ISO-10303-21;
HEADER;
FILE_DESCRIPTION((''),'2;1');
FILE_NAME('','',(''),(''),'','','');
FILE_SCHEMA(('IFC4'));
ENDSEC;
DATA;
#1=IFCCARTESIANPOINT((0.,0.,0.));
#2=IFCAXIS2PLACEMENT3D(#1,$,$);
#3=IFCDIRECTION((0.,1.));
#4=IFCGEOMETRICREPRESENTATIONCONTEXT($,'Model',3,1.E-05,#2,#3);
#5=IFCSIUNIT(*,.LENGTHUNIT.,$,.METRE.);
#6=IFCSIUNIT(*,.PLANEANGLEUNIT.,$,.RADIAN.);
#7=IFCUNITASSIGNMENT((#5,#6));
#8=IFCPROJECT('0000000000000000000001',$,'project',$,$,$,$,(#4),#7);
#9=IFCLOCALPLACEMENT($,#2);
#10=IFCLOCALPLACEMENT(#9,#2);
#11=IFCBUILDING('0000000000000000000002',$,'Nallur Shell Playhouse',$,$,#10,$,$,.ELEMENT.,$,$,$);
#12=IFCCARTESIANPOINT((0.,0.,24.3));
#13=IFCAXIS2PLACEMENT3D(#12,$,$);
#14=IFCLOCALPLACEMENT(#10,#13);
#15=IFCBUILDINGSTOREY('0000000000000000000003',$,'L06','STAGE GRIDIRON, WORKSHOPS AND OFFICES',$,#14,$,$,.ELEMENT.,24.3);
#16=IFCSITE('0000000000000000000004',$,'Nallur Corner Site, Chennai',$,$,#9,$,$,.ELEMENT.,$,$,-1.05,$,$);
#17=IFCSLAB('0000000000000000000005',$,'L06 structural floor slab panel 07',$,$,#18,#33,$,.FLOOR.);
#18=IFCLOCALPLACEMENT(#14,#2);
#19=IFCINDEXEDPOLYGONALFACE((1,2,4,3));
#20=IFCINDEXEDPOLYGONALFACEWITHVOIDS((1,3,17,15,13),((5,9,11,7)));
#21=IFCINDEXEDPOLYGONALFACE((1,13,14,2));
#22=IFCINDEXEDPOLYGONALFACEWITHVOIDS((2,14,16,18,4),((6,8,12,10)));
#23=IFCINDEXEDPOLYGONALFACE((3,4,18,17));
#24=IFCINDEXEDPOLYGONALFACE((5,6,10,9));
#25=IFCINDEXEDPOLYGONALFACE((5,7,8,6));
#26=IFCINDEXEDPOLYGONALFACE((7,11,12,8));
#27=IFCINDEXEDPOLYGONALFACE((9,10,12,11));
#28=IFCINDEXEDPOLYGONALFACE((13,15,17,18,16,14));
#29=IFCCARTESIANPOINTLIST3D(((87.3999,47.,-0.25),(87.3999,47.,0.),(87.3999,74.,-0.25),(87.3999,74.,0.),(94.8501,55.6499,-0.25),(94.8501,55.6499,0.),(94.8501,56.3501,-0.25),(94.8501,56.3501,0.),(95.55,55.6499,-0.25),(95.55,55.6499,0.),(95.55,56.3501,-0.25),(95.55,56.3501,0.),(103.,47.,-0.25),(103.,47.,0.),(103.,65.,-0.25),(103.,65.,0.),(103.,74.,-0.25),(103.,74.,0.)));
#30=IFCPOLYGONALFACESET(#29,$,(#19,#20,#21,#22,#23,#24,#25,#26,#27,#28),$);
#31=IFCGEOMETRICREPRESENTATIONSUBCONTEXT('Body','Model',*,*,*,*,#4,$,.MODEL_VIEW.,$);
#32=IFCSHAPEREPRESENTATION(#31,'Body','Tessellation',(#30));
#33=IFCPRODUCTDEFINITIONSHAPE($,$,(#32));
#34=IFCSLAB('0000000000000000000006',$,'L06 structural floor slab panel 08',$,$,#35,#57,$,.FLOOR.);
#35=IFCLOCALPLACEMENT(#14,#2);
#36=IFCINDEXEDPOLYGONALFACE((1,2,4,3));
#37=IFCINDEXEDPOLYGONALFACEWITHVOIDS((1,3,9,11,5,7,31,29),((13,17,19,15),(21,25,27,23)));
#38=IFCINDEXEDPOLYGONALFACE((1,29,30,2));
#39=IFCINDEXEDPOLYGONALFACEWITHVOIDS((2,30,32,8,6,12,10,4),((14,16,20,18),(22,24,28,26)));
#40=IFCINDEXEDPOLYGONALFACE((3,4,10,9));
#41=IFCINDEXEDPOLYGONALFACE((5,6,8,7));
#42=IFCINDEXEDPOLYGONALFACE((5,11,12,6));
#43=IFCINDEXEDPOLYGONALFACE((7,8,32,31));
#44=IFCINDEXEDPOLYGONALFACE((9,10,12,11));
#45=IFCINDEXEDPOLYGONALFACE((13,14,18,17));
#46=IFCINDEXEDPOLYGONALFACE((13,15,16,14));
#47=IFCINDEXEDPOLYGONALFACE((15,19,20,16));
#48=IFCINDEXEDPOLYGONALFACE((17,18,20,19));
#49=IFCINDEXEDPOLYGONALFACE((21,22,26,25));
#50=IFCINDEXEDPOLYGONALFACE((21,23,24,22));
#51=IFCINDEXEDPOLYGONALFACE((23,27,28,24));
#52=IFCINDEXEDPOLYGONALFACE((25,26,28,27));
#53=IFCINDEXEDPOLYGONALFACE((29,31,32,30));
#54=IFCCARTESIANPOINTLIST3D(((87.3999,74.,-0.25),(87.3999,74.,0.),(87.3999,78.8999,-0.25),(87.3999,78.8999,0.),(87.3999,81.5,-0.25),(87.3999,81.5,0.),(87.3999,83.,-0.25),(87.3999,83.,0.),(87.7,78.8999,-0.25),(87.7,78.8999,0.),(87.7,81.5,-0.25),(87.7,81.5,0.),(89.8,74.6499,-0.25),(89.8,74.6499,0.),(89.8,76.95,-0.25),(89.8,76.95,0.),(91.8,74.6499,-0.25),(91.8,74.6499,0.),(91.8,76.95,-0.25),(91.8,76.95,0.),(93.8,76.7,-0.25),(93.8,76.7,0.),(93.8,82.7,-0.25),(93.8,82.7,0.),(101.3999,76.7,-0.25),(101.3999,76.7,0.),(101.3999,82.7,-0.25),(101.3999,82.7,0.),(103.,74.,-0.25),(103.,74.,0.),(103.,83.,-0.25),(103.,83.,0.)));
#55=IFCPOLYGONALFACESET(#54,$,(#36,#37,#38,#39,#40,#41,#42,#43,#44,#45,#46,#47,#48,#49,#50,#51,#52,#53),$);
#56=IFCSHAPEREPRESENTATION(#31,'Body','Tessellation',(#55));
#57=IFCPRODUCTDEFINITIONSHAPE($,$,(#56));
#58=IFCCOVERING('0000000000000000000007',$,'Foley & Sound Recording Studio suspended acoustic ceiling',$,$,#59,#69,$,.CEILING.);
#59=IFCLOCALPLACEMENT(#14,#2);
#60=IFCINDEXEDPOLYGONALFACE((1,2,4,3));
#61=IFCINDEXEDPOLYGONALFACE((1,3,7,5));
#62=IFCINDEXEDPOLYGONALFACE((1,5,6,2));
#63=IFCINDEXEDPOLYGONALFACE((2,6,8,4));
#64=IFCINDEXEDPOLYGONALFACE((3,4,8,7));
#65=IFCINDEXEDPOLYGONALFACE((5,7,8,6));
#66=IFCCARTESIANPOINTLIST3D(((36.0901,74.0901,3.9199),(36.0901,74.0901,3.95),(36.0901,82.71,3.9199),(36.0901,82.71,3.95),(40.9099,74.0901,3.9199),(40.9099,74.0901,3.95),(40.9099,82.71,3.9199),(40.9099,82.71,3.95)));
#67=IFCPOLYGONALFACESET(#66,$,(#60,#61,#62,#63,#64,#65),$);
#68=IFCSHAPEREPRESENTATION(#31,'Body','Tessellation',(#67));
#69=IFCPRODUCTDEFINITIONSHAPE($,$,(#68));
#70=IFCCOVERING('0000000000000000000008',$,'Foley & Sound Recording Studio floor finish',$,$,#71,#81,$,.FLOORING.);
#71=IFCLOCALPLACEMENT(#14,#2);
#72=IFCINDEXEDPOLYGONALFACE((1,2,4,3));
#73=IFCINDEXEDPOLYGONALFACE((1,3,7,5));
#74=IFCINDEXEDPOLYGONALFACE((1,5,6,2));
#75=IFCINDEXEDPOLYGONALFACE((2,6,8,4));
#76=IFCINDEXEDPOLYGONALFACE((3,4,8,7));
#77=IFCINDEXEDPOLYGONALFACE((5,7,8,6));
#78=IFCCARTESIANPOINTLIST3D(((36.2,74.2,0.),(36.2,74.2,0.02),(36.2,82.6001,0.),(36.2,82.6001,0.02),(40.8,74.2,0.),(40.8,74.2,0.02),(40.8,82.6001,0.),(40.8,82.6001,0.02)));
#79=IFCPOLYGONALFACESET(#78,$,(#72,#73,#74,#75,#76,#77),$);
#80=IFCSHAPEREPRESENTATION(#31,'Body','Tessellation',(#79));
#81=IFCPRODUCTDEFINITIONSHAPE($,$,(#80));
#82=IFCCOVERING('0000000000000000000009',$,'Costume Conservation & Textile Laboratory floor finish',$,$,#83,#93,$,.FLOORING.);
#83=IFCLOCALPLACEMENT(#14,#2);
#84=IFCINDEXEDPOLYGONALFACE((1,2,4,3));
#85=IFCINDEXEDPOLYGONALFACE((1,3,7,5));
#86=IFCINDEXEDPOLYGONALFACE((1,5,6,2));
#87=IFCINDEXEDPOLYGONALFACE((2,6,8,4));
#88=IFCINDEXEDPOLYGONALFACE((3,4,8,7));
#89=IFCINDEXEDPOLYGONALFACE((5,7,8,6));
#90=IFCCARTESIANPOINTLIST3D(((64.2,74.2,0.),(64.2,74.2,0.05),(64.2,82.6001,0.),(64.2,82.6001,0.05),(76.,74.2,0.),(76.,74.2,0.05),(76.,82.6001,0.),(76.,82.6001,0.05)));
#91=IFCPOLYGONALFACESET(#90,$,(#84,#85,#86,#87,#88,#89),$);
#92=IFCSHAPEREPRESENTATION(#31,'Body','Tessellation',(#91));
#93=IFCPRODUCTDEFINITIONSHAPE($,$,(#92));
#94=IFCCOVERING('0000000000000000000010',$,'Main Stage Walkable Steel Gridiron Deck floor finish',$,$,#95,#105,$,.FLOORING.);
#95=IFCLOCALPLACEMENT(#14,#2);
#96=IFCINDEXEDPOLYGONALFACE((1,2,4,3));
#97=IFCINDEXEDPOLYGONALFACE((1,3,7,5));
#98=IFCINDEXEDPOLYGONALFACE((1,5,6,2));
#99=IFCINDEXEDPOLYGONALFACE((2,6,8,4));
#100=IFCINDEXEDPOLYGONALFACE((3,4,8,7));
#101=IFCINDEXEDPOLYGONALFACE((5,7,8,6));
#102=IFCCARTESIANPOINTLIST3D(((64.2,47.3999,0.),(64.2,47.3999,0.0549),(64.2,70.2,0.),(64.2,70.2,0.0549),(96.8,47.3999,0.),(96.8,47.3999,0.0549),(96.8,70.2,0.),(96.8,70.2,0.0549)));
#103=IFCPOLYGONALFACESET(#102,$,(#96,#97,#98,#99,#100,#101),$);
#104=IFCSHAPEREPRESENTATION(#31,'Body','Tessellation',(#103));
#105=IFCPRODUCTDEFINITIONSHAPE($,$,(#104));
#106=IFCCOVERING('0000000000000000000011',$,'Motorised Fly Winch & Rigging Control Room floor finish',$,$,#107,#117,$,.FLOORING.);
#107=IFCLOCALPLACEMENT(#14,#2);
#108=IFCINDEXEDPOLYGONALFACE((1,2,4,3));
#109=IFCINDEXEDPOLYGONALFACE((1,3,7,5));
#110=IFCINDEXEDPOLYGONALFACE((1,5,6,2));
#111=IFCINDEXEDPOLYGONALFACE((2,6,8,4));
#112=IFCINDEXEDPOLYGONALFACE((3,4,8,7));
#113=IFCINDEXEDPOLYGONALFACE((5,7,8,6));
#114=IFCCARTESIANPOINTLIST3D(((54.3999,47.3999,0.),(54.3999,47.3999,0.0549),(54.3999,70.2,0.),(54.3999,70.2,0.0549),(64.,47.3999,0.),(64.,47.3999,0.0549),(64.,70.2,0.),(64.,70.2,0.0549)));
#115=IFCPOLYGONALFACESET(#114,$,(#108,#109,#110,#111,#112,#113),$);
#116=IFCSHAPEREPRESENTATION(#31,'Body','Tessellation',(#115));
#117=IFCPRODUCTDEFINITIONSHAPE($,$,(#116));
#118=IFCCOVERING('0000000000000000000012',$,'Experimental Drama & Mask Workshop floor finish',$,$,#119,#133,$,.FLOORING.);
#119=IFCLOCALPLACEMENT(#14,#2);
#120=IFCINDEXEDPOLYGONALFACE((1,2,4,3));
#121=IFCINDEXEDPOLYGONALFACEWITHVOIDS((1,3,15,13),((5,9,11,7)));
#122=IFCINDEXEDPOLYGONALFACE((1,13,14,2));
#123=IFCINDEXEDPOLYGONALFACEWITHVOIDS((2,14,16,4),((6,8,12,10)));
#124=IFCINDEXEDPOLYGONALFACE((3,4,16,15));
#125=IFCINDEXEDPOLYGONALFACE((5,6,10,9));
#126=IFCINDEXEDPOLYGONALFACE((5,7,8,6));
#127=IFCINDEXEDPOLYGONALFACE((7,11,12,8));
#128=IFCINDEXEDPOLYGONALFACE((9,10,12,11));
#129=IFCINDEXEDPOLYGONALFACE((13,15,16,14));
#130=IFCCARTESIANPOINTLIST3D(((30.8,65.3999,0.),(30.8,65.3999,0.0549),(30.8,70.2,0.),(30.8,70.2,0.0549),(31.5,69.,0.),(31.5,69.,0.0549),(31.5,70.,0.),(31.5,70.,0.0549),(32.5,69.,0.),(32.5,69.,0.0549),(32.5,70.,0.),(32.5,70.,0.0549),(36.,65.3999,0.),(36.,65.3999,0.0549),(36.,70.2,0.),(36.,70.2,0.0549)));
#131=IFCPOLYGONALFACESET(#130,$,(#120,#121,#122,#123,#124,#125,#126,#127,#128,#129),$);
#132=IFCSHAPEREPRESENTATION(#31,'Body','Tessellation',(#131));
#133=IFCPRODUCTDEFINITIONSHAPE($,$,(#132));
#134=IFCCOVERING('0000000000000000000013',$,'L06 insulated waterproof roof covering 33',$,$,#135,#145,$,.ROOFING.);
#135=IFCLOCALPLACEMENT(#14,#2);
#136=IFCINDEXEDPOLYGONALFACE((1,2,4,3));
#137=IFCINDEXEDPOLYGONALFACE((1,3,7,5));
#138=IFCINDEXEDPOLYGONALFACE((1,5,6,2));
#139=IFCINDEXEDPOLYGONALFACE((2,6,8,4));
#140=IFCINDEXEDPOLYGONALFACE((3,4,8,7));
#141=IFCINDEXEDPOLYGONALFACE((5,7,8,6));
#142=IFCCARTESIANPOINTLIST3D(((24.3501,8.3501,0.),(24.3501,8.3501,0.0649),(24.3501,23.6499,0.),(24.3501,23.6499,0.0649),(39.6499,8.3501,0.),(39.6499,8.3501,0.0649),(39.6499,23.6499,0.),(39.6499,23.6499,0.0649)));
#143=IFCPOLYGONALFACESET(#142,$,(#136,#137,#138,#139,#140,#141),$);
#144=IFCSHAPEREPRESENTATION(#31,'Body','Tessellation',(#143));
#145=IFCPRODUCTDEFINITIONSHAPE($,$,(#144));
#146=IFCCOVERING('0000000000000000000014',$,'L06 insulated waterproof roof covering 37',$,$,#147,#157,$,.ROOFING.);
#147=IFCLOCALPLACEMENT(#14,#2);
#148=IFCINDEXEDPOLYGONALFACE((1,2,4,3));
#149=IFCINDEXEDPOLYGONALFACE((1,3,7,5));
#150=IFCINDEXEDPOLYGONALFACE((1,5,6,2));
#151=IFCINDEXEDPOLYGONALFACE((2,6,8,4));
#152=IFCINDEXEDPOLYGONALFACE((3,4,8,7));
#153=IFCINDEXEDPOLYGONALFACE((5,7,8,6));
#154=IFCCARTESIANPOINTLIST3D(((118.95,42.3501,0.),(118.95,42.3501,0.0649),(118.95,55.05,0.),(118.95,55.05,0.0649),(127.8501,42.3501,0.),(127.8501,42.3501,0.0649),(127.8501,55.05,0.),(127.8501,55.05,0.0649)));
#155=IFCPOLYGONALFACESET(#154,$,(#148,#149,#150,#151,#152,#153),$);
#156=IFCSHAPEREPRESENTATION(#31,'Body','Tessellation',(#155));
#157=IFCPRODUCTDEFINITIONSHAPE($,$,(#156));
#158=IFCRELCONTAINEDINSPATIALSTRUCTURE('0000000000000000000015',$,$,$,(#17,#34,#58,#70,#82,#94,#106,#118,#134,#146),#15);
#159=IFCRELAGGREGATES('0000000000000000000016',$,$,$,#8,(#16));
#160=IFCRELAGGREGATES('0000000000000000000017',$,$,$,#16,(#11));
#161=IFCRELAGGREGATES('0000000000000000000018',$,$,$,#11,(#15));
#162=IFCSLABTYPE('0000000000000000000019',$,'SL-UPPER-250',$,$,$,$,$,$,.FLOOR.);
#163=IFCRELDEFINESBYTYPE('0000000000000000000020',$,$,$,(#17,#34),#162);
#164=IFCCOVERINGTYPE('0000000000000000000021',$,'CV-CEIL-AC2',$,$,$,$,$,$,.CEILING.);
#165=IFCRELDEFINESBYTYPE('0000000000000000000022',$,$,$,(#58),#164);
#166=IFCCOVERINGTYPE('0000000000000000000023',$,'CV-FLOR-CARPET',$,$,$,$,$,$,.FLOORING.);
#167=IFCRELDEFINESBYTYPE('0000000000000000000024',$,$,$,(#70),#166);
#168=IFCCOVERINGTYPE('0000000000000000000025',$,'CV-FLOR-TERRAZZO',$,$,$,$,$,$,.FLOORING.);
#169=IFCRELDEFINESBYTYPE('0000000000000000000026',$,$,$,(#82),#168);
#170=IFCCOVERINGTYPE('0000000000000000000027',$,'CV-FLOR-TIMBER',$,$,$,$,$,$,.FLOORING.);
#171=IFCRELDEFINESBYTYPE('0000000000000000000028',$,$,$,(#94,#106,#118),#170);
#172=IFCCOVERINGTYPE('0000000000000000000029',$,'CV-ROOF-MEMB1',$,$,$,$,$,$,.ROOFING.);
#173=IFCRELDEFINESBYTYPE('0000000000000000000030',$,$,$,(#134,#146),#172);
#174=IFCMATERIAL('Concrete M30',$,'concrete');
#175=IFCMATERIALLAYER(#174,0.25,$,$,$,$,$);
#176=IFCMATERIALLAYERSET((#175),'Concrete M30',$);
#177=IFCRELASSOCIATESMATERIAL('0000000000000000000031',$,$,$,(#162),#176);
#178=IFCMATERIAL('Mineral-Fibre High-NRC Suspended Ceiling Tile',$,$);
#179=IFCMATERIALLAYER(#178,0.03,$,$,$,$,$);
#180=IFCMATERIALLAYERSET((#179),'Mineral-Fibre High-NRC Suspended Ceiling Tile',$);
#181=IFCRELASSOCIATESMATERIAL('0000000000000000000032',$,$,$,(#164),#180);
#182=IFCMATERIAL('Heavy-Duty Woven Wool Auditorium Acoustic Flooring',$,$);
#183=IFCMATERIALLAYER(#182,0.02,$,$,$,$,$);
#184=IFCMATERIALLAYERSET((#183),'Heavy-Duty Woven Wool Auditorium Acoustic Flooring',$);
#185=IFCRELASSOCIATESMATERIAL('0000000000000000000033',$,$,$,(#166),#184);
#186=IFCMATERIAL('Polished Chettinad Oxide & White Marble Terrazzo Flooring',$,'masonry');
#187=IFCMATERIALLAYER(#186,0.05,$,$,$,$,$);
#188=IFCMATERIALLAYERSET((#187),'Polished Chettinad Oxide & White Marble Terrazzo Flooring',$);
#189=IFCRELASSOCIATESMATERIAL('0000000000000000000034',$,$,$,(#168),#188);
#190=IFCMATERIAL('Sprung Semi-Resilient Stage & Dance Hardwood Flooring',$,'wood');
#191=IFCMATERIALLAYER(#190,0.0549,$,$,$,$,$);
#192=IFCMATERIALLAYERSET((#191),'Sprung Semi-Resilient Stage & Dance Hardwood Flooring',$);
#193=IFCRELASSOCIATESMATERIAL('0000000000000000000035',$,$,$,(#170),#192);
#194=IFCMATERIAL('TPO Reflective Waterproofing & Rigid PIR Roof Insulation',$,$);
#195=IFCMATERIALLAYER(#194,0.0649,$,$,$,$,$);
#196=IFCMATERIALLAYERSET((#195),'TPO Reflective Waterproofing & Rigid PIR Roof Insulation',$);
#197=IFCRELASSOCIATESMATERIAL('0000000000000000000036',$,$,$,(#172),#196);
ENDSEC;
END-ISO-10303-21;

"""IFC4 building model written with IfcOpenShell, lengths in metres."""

from ifc_helpers import new_model, si_unit, direction, frame, origin, place, context, subcontext, project, spatial, polyline, outline, extrude, material, layer, layer_set, type_object, element, save


model = new_model("IFC4")

# Units and contexts
model_context = context("Model", 3, precision=1e-05, world=origin(), true_north=direction((0.0, 1.0)))
body_context = subcontext(model_context, "Body", "Model", "MODEL_VIEW")
ifc_project = project(units=[si_unit("LENGTHUNIT", "METRE"), si_unit("PLANEANGLEUNIT", "RADIAN")], contexts=[model_context])

# Site, building, storey
site_placement = place(None, origin())
site = spatial("IfcSite", under=ifc_project, at=site_placement, Name="Nallur Corner Site, Chennai", CompositionType="ELEMENT", RefElevation=-1.05)
building_placement = place(site_placement, origin())
building = spatial("IfcBuilding", under=site, at=building_placement, Name="Nallur Shell Playhouse", CompositionType="ELEMENT")
storey_placement = place(building_placement, frame((0.0, 0.0, 24.3)))
storey = spatial("IfcBuildingStorey", under=building, at=storey_placement, Name="L06", Description="STAGE GRIDIRON, WORKSHOPS AND OFFICES", CompositionType="ELEMENT", Elevation=24.3)

# Slabs
ifc_material_1 = material(Name="Concrete M30", Category="concrete")
ifc_layer_1 = layer(ifc_material_1, 0.25)
ifc_layer_set_1 = layer_set([ifc_layer_1], Name="Concrete M30")
slab_type_1 = type_object("IfcSlabType", Name="SL-UPPER-250", PredefinedType="FLOOR", material=ifc_layer_set_1)
slab_1_placement = place(storey_placement, frame((0.0, 0.0, -0.25)))
element("IfcSlab", 1, at=slab_1_placement, inside=storey, type_object=slab_type_1, Name="L06 structural floor slab panel 07", PredefinedType="FLOOR", context=body_context, shape_type="SweptSolid", body=[
    extrude(outline(polyline([(103.0, 65.0), (103.0, 47.0), (87.3999, 47.0), (87.3999, 74.0), (103.0, 74.0), (103.0, 65.0)]), holes=[polyline([(94.8501, 55.6499), (95.55, 55.6499), (95.55, 56.3501), (94.8501, 56.3501), (94.8501, 55.6499)])]), origin(), (0.0, 0.0, 1.0), 0.25),
])
slab_2_placement = place(storey_placement, frame((0.0, 0.0, -0.25)))
element("IfcSlab", 2, at=slab_2_placement, inside=storey, type_object=slab_type_1, Name="L06 structural floor slab panel 08", PredefinedType="FLOOR", context=body_context, shape_type="SweptSolid", body=[
    extrude(outline(polyline([(103.0, 83.0), (103.0, 74.0), (87.3999, 74.0), (87.3999, 78.8999), (87.7, 78.8999), (87.7, 81.5), (87.3999, 81.5), (87.3999, 83.0), (103.0, 83.0)]), holes=[polyline([(89.8, 74.6499), (91.8, 74.6499), (91.8, 76.95), (89.8, 76.95), (89.8, 74.6499)]), polyline([(93.8, 82.7), (93.8, 76.7), (101.3999, 76.7), (101.3999, 82.7), (93.8, 82.7)])]), origin(), (0.0, 0.0, 1.0), 0.25),
])

# Coverings
ifc_material_2 = material(Name="Mineral-Fibre High-NRC Suspended Ceiling Tile")
ifc_layer_2 = layer(ifc_material_2, 0.03)
ifc_layer_set_2 = layer_set([ifc_layer_2], Name="Mineral-Fibre High-NRC Suspended Ceiling Tile")
covering_type_1 = type_object("IfcCoveringType", Name="CV-CEIL-AC2", PredefinedType="CEILING", material=ifc_layer_set_2)
covering_1_placement = place(storey_placement, frame((0.0, 0.0, 3.9199)))
element("IfcCovering", 3, at=covering_1_placement, inside=storey, type_object=covering_type_1, Name="Foley & Sound Recording Studio suspended acoustic ceiling", PredefinedType="CEILING", context=body_context, shape_type="SweptSolid", body=[
    extrude(outline(polyline([(36.0901, 74.0901), (36.0901, 82.71), (40.9099, 82.71), (40.9099, 74.0901), (36.0901, 74.0901)])), origin(), (0.0, 0.0, 1.0), 0.03),
])
ifc_material_3 = material(Name="Heavy-Duty Woven Wool Auditorium Acoustic Flooring")
ifc_layer_3 = layer(ifc_material_3, 0.02)
ifc_layer_set_3 = layer_set([ifc_layer_3], Name="Heavy-Duty Woven Wool Auditorium Acoustic Flooring")
covering_type_2 = type_object("IfcCoveringType", Name="CV-FLOR-CARPET", PredefinedType="FLOORING", material=ifc_layer_set_3)
covering_2_placement = place(storey_placement, origin())
element("IfcCovering", 4, at=covering_2_placement, inside=storey, type_object=covering_type_2, Name="Foley & Sound Recording Studio floor finish", PredefinedType="FLOORING", context=body_context, shape_type="SweptSolid", body=[
    extrude(outline(polyline([(36.2, 74.2), (36.2, 82.6001), (40.8, 82.6001), (40.8, 74.2), (36.2, 74.2)])), origin(), (0.0, 0.0, 1.0), 0.02),
])
ifc_material_4 = material(Name="Polished Chettinad Oxide & White Marble Terrazzo Flooring", Category="masonry")
ifc_layer_4 = layer(ifc_material_4, 0.05)
ifc_layer_set_4 = layer_set([ifc_layer_4], Name="Polished Chettinad Oxide & White Marble Terrazzo Flooring")
covering_type_3 = type_object("IfcCoveringType", Name="CV-FLOR-TERRAZZO", PredefinedType="FLOORING", material=ifc_layer_set_4)
covering_3_placement = place(storey_placement, origin())
element("IfcCovering", 5, at=covering_3_placement, inside=storey, type_object=covering_type_3, Name="Costume Conservation & Textile Laboratory floor finish", PredefinedType="FLOORING", context=body_context, shape_type="SweptSolid", body=[
    extrude(outline(polyline([(64.2, 74.2), (64.2, 82.6001), (76.0, 82.6001), (76.0, 74.2), (64.2, 74.2)])), origin(), (0.0, 0.0, 1.0), 0.05),
])
ifc_material_5 = material(Name="Sprung Semi-Resilient Stage & Dance Hardwood Flooring", Category="wood")
ifc_layer_5 = layer(ifc_material_5, 0.0549)
ifc_layer_set_5 = layer_set([ifc_layer_5], Name="Sprung Semi-Resilient Stage & Dance Hardwood Flooring")
covering_type_4 = type_object("IfcCoveringType", Name="CV-FLOR-TIMBER", PredefinedType="FLOORING", material=ifc_layer_set_5)
covering_4_placement = place(storey_placement, origin())
element("IfcCovering", 6, at=covering_4_placement, inside=storey, type_object=covering_type_4, Name="Main Stage Walkable Steel Gridiron Deck floor finish", PredefinedType="FLOORING", context=body_context, shape_type="SweptSolid", body=[
    extrude(outline(polyline([(64.2, 47.3999), (64.2, 70.2), (96.8, 70.2), (96.8, 47.3999), (64.2, 47.3999)])), origin(), (0.0, 0.0, 1.0), 0.0549),
])
covering_5_placement = place(storey_placement, origin())
element("IfcCovering", 7, at=covering_5_placement, inside=storey, type_object=covering_type_4, Name="Motorised Fly Winch & Rigging Control Room floor finish", PredefinedType="FLOORING", context=body_context, shape_type="SweptSolid", body=[
    extrude(outline(polyline([(54.3999, 47.3999), (54.3999, 70.2), (64.0, 70.2), (64.0, 47.3999), (54.3999, 47.3999)])), origin(), (0.0, 0.0, 1.0), 0.0549),
])
covering_6_placement = place(storey_placement, origin())
element("IfcCovering", 8, at=covering_6_placement, inside=storey, type_object=covering_type_4, Name="Experimental Drama & Mask Workshop floor finish", PredefinedType="FLOORING", context=body_context, shape_type="SweptSolid", body=[
    extrude(outline(polyline([(30.8, 70.2), (36.0, 70.2), (36.0, 65.3999), (30.8, 65.3999), (30.8, 70.2)]), holes=[polyline([(31.5, 70.0), (31.5, 69.0), (32.5, 69.0), (32.5, 70.0), (31.5, 70.0)])]), origin(), (0.0, 0.0, 1.0), 0.0549),
])
ifc_material_6 = material(Name="TPO Reflective Waterproofing & Rigid PIR Roof Insulation")
ifc_layer_6 = layer(ifc_material_6, 0.0649)
ifc_layer_set_6 = layer_set([ifc_layer_6], Name="TPO Reflective Waterproofing & Rigid PIR Roof Insulation")
covering_type_5 = type_object("IfcCoveringType", Name="CV-ROOF-MEMB1", PredefinedType="ROOFING", material=ifc_layer_set_6)
covering_7_placement = place(storey_placement, origin())
element("IfcCovering", 9, at=covering_7_placement, inside=storey, type_object=covering_type_5, Name="L06 insulated waterproof roof covering 33", PredefinedType="ROOFING", context=body_context, shape_type="SweptSolid", body=[
    extrude(outline(polyline([(24.3501, 23.6499), (39.6499, 23.6499), (39.6499, 8.3501), (24.3501, 8.3501), (24.3501, 23.6499)])), origin(), (0.0, 0.0, 1.0), 0.0649),
])
covering_8_placement = place(storey_placement, origin())
element("IfcCovering", 10, at=covering_8_placement, inside=storey, type_object=covering_type_5, Name="L06 insulated waterproof roof covering 37", PredefinedType="ROOFING", context=body_context, shape_type="SweptSolid", body=[
    extrude(outline(polyline([(118.95, 55.05), (127.8501, 55.05), (127.8501, 42.3501), (118.95, 42.3501), (118.95, 55.05)])), origin(), (0.0, 0.0, 1.0), 0.0649),
])

save(model, "model.ifc")
